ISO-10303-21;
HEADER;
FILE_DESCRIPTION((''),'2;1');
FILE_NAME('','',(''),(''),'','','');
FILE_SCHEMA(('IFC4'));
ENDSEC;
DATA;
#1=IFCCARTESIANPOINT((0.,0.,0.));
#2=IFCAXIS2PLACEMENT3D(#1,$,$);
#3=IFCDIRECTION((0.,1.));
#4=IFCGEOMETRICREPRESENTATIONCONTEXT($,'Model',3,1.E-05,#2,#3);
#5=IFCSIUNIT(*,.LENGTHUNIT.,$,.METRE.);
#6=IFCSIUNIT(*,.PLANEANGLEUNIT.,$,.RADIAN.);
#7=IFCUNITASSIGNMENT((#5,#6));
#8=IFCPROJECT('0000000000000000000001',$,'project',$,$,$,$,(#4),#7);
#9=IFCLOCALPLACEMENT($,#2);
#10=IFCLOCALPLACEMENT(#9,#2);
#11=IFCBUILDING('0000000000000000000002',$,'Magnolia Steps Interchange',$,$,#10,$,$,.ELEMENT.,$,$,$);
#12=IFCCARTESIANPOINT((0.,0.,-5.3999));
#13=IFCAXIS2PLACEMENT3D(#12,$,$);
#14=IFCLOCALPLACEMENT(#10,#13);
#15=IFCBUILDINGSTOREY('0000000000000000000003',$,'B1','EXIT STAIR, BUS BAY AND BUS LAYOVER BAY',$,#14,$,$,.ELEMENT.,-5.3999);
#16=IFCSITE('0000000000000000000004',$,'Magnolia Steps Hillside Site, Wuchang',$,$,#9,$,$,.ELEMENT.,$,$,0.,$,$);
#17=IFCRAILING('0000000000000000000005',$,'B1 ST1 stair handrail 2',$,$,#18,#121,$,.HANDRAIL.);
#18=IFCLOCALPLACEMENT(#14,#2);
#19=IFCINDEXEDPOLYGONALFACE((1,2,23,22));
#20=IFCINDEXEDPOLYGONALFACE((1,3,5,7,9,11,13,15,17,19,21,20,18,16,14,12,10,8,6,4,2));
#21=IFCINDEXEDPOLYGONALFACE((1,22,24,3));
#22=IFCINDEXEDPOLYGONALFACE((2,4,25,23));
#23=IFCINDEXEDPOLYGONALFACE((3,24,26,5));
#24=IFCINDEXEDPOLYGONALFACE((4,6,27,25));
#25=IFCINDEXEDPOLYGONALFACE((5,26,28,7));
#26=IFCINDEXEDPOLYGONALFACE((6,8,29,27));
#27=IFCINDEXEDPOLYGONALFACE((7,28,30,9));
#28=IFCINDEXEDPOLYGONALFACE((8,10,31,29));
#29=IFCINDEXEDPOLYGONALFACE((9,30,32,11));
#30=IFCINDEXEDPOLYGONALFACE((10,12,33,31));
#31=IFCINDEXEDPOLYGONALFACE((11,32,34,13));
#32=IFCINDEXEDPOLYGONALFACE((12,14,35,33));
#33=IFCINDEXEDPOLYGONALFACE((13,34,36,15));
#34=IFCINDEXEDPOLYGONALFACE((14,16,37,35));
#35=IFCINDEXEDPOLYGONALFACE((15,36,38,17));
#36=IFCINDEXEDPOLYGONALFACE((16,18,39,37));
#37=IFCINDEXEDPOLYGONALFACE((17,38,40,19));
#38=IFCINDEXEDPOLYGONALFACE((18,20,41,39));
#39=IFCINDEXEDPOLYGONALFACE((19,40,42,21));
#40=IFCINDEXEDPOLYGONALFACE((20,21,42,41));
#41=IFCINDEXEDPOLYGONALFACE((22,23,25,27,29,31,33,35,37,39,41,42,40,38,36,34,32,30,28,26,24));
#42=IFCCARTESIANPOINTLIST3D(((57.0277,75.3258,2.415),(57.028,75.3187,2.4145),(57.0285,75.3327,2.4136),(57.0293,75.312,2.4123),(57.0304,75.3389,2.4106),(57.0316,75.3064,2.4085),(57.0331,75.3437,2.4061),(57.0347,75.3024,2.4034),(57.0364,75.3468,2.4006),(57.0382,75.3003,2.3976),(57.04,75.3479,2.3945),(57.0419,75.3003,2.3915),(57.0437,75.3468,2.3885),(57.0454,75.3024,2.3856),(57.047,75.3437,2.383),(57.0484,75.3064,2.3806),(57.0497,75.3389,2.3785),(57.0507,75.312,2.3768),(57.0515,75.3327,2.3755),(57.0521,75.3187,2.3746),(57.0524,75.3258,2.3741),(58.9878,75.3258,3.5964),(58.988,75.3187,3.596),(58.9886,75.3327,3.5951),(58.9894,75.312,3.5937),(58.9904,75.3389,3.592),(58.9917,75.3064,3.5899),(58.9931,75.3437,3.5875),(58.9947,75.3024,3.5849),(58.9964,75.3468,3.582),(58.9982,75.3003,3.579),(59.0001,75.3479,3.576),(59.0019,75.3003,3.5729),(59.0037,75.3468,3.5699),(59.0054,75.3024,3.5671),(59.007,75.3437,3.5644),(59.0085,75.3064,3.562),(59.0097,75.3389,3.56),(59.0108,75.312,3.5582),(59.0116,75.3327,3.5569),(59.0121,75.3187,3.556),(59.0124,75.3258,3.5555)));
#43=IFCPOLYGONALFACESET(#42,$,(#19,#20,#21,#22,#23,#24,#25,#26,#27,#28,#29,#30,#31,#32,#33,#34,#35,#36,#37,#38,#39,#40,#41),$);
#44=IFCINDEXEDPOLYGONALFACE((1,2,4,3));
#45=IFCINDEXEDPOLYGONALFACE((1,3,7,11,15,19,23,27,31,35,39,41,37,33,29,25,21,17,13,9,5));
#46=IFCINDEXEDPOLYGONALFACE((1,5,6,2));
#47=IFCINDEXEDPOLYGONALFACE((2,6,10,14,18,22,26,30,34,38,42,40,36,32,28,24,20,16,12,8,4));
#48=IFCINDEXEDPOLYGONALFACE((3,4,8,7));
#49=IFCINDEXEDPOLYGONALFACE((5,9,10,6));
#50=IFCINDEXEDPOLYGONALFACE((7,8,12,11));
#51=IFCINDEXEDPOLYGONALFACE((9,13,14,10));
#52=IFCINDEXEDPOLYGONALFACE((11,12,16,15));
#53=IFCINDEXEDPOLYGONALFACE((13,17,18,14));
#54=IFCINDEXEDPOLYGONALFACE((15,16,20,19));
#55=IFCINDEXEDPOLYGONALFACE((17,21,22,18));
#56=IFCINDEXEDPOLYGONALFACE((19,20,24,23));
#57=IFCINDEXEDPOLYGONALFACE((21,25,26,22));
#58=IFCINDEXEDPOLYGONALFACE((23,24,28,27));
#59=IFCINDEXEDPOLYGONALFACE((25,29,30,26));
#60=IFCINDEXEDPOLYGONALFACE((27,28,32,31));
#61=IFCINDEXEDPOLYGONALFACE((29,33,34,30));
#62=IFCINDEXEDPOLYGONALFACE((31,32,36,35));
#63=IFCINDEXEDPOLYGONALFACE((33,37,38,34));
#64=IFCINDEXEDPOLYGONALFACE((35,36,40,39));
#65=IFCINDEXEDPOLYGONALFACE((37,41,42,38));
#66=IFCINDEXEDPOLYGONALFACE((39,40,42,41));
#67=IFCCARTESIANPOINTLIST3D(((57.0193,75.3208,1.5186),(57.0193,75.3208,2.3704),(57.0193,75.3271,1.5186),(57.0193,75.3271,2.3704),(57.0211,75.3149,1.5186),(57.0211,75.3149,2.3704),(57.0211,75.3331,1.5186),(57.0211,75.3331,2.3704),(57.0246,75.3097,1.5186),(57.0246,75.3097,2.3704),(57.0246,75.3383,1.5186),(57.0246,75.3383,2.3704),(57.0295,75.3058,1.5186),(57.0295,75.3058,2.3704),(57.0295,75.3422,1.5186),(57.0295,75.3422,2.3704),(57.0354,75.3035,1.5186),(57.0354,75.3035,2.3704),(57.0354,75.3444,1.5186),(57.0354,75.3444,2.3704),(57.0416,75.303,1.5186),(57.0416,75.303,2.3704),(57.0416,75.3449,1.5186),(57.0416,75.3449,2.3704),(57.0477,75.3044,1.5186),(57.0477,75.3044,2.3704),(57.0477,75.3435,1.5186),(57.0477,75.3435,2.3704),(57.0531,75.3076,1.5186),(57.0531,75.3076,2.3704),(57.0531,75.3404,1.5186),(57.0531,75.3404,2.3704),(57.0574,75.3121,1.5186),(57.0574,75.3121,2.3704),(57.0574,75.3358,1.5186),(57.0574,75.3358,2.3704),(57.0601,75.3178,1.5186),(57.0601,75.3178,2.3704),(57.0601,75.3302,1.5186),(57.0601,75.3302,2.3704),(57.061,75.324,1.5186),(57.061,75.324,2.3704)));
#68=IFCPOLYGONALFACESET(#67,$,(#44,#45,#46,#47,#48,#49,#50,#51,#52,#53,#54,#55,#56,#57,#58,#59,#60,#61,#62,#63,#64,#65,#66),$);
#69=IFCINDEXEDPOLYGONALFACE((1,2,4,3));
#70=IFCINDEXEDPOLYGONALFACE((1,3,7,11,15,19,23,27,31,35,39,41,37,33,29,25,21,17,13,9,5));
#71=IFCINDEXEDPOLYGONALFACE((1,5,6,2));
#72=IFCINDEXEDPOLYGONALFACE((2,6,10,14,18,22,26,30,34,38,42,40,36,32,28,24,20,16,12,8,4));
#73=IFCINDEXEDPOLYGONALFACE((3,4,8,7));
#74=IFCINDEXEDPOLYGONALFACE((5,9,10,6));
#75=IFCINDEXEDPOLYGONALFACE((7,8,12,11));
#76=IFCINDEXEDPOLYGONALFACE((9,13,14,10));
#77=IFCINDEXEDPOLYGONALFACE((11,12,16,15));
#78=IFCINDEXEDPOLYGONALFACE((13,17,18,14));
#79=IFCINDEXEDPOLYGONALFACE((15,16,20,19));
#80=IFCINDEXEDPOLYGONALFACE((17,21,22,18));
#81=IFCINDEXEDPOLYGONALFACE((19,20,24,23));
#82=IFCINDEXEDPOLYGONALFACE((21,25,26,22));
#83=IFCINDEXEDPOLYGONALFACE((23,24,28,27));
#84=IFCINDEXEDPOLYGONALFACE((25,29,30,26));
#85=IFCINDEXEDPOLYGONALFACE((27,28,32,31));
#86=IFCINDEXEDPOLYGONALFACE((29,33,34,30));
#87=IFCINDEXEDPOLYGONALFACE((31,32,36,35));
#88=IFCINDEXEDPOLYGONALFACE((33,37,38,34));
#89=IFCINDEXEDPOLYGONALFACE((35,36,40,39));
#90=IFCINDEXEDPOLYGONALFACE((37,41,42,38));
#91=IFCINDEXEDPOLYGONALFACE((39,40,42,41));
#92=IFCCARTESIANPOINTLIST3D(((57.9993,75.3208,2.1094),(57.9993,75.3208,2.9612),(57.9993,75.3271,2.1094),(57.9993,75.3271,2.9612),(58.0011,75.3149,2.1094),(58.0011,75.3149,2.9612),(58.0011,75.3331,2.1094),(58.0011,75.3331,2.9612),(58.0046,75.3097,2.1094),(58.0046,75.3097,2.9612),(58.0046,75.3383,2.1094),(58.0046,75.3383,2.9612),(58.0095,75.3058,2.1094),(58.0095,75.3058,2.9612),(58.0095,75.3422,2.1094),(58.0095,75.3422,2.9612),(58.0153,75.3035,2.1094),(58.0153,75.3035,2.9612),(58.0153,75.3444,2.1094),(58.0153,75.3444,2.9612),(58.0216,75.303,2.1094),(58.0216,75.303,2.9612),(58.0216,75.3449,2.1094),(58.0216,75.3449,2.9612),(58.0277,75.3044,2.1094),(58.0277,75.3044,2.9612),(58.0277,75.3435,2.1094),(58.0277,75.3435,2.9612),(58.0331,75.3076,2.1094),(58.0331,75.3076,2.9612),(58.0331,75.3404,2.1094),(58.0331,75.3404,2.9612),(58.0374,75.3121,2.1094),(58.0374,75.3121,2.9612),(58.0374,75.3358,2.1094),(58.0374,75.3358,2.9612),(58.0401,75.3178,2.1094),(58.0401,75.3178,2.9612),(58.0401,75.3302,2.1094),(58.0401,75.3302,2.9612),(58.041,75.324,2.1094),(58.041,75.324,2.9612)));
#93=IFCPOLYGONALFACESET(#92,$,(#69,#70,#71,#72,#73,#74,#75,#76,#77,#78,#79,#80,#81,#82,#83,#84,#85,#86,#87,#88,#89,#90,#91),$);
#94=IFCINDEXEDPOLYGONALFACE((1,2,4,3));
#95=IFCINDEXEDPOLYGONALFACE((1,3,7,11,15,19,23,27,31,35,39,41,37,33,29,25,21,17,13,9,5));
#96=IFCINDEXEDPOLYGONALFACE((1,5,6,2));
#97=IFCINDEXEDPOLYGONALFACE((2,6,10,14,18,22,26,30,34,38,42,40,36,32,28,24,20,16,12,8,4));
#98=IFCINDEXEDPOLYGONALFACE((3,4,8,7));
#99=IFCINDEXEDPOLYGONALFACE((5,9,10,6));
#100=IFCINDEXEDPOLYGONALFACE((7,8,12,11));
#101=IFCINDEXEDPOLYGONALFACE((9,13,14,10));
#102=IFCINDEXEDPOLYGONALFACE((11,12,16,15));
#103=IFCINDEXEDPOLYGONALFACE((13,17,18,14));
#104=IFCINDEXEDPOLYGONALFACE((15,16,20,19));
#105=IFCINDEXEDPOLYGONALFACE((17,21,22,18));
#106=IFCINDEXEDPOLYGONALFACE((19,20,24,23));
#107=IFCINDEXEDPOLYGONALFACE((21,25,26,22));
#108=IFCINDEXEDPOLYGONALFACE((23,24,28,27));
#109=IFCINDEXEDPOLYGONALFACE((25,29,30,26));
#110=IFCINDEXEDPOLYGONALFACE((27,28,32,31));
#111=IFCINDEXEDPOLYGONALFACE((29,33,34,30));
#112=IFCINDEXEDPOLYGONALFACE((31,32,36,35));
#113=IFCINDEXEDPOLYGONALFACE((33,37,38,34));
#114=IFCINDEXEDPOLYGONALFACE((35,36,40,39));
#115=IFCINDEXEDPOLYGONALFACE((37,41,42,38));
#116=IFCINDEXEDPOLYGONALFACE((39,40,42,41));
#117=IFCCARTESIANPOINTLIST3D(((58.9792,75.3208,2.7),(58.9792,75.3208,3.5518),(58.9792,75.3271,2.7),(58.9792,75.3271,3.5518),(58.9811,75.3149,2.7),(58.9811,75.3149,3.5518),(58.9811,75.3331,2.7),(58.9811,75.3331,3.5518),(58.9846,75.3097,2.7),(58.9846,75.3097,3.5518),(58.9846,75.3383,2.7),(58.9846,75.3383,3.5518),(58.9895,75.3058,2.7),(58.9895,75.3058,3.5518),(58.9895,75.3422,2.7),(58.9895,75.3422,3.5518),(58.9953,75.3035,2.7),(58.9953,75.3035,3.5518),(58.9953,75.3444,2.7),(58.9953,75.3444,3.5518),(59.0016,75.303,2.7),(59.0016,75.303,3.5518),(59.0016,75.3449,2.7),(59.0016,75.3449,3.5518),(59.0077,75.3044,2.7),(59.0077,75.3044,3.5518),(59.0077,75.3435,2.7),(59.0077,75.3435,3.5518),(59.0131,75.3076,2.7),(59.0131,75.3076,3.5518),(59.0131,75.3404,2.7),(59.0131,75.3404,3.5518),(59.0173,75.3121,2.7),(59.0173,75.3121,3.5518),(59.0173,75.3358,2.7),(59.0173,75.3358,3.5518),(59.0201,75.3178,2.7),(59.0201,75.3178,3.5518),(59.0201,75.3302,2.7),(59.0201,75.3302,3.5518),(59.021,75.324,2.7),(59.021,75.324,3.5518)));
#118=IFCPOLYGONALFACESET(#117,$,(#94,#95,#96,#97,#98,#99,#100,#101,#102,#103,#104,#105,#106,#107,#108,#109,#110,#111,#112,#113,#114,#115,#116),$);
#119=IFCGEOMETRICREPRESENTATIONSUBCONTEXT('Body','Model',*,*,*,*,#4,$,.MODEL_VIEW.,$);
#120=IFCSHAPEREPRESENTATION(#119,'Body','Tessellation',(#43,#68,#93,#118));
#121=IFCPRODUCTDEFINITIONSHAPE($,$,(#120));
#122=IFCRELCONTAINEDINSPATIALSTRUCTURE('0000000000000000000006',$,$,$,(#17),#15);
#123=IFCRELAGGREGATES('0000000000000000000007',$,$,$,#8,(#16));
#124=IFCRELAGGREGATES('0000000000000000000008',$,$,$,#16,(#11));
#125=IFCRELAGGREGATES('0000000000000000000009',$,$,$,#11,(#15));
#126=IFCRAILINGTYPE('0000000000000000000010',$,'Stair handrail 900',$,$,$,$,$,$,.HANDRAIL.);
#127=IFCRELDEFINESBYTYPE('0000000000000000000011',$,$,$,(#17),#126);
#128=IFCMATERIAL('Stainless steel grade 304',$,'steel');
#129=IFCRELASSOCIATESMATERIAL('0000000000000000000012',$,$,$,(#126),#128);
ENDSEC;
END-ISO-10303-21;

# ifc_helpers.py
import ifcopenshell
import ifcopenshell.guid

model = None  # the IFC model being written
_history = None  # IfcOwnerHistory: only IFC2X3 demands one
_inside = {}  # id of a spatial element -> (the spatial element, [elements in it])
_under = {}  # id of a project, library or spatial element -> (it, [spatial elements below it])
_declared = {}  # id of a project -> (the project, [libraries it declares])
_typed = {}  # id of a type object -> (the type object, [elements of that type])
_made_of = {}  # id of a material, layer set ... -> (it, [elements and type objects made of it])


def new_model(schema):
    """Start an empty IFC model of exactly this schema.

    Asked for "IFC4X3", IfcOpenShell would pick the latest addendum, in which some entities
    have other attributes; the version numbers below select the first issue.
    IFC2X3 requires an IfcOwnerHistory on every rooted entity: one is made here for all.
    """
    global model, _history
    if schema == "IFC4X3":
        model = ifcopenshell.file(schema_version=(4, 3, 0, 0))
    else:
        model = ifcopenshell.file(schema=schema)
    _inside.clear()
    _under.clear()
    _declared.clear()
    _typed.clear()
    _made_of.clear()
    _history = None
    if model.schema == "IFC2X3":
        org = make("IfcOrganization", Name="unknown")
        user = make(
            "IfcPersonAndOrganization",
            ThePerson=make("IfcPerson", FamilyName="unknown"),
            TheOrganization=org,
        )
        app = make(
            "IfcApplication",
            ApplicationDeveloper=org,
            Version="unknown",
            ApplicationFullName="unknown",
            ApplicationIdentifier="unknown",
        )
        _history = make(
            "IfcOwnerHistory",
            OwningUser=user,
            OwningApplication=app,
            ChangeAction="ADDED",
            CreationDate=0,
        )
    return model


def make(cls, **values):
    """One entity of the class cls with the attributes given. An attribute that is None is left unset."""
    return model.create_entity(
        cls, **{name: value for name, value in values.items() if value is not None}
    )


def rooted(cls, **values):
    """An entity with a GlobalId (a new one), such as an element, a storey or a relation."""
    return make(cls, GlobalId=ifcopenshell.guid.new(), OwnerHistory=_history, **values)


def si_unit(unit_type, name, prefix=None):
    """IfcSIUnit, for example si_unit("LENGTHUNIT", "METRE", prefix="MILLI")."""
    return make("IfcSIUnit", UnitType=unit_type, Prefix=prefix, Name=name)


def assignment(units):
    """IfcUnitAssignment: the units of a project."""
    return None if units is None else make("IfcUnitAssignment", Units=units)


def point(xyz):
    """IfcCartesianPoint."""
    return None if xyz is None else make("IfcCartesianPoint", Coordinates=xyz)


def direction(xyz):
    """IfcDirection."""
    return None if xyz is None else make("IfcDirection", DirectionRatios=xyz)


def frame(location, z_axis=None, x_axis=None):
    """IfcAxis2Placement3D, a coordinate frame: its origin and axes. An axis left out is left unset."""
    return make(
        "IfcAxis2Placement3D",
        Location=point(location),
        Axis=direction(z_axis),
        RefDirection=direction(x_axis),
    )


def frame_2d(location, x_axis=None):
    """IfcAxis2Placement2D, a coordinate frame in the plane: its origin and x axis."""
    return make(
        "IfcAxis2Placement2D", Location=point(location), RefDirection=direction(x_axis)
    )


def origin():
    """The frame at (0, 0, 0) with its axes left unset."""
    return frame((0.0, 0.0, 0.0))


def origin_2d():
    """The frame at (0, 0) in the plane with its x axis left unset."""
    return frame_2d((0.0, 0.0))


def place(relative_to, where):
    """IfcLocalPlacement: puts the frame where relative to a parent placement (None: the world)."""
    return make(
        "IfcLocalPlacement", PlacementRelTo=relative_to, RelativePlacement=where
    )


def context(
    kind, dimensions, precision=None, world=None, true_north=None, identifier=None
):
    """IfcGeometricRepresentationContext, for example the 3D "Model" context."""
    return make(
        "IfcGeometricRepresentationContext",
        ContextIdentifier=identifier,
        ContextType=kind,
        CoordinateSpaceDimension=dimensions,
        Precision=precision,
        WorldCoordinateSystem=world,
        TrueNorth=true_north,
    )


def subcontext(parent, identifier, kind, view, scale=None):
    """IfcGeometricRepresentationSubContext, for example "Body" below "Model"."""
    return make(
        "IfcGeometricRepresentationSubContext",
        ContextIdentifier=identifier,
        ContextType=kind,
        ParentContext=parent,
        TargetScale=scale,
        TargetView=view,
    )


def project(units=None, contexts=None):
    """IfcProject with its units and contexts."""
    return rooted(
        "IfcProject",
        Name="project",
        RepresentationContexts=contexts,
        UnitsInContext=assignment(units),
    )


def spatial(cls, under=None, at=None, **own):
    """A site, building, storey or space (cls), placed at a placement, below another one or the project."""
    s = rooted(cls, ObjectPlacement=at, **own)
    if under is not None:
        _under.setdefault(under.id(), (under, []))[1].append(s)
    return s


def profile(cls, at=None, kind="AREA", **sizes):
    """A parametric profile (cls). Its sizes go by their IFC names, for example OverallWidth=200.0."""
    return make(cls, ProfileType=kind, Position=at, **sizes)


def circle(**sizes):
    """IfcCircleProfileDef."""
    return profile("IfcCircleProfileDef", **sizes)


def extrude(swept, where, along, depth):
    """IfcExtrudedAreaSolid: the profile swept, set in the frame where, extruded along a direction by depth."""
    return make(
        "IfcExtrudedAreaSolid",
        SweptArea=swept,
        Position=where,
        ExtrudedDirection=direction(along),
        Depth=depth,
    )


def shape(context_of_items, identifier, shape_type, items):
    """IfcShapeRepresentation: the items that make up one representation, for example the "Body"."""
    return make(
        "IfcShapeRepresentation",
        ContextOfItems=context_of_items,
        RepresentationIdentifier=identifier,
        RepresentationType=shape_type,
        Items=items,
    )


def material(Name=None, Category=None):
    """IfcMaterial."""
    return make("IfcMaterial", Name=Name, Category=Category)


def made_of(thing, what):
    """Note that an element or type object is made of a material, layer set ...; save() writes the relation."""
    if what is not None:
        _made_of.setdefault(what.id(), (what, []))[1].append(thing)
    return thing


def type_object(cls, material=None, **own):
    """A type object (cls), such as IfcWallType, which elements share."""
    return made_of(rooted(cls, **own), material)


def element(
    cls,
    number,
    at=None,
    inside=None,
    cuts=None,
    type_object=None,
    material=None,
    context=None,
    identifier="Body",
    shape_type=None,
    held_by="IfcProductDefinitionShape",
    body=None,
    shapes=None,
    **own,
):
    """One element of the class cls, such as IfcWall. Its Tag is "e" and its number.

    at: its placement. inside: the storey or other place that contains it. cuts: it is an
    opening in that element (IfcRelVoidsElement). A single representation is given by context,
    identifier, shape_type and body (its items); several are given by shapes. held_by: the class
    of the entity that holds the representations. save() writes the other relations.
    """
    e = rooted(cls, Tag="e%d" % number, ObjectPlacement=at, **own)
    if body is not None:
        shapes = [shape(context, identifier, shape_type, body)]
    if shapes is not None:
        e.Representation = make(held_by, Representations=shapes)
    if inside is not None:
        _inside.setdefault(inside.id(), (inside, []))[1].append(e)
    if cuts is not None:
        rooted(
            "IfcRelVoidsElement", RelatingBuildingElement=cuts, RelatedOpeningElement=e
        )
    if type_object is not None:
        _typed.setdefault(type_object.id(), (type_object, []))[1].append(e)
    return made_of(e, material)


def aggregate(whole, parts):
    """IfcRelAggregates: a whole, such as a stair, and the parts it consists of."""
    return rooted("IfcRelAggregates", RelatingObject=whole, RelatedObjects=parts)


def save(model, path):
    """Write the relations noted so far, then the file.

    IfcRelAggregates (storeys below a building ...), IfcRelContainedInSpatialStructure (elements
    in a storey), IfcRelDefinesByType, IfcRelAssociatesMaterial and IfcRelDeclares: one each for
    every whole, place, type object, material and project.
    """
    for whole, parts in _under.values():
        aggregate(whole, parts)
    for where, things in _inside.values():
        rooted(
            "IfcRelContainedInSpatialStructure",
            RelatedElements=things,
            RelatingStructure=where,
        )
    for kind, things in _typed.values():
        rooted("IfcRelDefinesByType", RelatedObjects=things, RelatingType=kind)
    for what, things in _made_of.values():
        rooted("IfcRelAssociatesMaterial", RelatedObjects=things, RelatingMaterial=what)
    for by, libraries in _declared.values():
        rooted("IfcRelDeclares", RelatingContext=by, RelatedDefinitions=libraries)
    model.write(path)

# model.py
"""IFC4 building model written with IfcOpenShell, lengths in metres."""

from ifc_helpers import new_model, si_unit, direction, frame, origin, origin_2d, place, context, subcontext, project, spatial, circle, extrude, material, type_object, element, save


model = new_model("IFC4")

# Units and contexts
model_context = context("Model", 3, precision=1e-05, world=origin(), true_north=direction((0.0, 1.0)))
body_context = subcontext(model_context, "Body", "Model", "MODEL_VIEW")
ifc_project = project(units=[si_unit("LENGTHUNIT", "METRE"), si_unit("PLANEANGLEUNIT", "RADIAN")], contexts=[model_context])

# Site, building, storey
site_placement = place(None, origin())
site = spatial("IfcSite", under=ifc_project, at=site_placement, Name="Magnolia Steps Hillside Site, Wuchang", CompositionType="ELEMENT", RefElevation=0.0)
building_placement = place(site_placement, origin())
building = spatial("IfcBuilding", under=site, at=building_placement, Name="Magnolia Steps Interchange", CompositionType="ELEMENT")
storey_placement = place(building_placement, frame((0.0, 0.0, -5.3999)))
storey = spatial("IfcBuildingStorey", under=building, at=storey_placement, Name="B1", Description="EXIT STAIR, BUS BAY AND BUS LAYOVER BAY", CompositionType="ELEMENT", Elevation=-5.3999)

# Railing
ifc_material_1 = material(Name="Stainless steel grade 304", Category="steel")
railing_type_1 = type_object("IfcRailingType", Name="Stair handrail 900", PredefinedType="HANDRAIL", material=ifc_material_1)
railing_1_placement = place(storey_placement, frame((57.04, 75.324, 1.5186)))
element("IfcRailing", 1, at=railing_1_placement, inside=storey, type_object=railing_type_1, Name="B1 ST1 stair handrail 2", PredefinedType="HANDRAIL", context=body_context, shape_type="SweptSolid", body=[
    extrude(circle(Radius=0.0239, at=origin_2d()), frame((0.0, 0.0, 0.876), z_axis=(0.856446, 0.0, 0.516236), x_axis=(0.0, 1.0, 0.0)), (0.0, 0.0, 1.0), 2.2886),
    extrude(circle(Radius=0.021, at=origin_2d()), origin(), (0.0, 0.0, 1.0), 0.8518),
    extrude(circle(Radius=0.021, at=origin_2d()), frame((0.98, 0.0, 0.5908)), (0.0, 0.0, 1.0), 0.8518),
    extrude(circle(Radius=0.021, at=origin_2d()), frame((1.96, 0.0, 1.1814)), (0.0, 0.0, 1.0), 0.8518),
])

save(model, "model.ifc")
